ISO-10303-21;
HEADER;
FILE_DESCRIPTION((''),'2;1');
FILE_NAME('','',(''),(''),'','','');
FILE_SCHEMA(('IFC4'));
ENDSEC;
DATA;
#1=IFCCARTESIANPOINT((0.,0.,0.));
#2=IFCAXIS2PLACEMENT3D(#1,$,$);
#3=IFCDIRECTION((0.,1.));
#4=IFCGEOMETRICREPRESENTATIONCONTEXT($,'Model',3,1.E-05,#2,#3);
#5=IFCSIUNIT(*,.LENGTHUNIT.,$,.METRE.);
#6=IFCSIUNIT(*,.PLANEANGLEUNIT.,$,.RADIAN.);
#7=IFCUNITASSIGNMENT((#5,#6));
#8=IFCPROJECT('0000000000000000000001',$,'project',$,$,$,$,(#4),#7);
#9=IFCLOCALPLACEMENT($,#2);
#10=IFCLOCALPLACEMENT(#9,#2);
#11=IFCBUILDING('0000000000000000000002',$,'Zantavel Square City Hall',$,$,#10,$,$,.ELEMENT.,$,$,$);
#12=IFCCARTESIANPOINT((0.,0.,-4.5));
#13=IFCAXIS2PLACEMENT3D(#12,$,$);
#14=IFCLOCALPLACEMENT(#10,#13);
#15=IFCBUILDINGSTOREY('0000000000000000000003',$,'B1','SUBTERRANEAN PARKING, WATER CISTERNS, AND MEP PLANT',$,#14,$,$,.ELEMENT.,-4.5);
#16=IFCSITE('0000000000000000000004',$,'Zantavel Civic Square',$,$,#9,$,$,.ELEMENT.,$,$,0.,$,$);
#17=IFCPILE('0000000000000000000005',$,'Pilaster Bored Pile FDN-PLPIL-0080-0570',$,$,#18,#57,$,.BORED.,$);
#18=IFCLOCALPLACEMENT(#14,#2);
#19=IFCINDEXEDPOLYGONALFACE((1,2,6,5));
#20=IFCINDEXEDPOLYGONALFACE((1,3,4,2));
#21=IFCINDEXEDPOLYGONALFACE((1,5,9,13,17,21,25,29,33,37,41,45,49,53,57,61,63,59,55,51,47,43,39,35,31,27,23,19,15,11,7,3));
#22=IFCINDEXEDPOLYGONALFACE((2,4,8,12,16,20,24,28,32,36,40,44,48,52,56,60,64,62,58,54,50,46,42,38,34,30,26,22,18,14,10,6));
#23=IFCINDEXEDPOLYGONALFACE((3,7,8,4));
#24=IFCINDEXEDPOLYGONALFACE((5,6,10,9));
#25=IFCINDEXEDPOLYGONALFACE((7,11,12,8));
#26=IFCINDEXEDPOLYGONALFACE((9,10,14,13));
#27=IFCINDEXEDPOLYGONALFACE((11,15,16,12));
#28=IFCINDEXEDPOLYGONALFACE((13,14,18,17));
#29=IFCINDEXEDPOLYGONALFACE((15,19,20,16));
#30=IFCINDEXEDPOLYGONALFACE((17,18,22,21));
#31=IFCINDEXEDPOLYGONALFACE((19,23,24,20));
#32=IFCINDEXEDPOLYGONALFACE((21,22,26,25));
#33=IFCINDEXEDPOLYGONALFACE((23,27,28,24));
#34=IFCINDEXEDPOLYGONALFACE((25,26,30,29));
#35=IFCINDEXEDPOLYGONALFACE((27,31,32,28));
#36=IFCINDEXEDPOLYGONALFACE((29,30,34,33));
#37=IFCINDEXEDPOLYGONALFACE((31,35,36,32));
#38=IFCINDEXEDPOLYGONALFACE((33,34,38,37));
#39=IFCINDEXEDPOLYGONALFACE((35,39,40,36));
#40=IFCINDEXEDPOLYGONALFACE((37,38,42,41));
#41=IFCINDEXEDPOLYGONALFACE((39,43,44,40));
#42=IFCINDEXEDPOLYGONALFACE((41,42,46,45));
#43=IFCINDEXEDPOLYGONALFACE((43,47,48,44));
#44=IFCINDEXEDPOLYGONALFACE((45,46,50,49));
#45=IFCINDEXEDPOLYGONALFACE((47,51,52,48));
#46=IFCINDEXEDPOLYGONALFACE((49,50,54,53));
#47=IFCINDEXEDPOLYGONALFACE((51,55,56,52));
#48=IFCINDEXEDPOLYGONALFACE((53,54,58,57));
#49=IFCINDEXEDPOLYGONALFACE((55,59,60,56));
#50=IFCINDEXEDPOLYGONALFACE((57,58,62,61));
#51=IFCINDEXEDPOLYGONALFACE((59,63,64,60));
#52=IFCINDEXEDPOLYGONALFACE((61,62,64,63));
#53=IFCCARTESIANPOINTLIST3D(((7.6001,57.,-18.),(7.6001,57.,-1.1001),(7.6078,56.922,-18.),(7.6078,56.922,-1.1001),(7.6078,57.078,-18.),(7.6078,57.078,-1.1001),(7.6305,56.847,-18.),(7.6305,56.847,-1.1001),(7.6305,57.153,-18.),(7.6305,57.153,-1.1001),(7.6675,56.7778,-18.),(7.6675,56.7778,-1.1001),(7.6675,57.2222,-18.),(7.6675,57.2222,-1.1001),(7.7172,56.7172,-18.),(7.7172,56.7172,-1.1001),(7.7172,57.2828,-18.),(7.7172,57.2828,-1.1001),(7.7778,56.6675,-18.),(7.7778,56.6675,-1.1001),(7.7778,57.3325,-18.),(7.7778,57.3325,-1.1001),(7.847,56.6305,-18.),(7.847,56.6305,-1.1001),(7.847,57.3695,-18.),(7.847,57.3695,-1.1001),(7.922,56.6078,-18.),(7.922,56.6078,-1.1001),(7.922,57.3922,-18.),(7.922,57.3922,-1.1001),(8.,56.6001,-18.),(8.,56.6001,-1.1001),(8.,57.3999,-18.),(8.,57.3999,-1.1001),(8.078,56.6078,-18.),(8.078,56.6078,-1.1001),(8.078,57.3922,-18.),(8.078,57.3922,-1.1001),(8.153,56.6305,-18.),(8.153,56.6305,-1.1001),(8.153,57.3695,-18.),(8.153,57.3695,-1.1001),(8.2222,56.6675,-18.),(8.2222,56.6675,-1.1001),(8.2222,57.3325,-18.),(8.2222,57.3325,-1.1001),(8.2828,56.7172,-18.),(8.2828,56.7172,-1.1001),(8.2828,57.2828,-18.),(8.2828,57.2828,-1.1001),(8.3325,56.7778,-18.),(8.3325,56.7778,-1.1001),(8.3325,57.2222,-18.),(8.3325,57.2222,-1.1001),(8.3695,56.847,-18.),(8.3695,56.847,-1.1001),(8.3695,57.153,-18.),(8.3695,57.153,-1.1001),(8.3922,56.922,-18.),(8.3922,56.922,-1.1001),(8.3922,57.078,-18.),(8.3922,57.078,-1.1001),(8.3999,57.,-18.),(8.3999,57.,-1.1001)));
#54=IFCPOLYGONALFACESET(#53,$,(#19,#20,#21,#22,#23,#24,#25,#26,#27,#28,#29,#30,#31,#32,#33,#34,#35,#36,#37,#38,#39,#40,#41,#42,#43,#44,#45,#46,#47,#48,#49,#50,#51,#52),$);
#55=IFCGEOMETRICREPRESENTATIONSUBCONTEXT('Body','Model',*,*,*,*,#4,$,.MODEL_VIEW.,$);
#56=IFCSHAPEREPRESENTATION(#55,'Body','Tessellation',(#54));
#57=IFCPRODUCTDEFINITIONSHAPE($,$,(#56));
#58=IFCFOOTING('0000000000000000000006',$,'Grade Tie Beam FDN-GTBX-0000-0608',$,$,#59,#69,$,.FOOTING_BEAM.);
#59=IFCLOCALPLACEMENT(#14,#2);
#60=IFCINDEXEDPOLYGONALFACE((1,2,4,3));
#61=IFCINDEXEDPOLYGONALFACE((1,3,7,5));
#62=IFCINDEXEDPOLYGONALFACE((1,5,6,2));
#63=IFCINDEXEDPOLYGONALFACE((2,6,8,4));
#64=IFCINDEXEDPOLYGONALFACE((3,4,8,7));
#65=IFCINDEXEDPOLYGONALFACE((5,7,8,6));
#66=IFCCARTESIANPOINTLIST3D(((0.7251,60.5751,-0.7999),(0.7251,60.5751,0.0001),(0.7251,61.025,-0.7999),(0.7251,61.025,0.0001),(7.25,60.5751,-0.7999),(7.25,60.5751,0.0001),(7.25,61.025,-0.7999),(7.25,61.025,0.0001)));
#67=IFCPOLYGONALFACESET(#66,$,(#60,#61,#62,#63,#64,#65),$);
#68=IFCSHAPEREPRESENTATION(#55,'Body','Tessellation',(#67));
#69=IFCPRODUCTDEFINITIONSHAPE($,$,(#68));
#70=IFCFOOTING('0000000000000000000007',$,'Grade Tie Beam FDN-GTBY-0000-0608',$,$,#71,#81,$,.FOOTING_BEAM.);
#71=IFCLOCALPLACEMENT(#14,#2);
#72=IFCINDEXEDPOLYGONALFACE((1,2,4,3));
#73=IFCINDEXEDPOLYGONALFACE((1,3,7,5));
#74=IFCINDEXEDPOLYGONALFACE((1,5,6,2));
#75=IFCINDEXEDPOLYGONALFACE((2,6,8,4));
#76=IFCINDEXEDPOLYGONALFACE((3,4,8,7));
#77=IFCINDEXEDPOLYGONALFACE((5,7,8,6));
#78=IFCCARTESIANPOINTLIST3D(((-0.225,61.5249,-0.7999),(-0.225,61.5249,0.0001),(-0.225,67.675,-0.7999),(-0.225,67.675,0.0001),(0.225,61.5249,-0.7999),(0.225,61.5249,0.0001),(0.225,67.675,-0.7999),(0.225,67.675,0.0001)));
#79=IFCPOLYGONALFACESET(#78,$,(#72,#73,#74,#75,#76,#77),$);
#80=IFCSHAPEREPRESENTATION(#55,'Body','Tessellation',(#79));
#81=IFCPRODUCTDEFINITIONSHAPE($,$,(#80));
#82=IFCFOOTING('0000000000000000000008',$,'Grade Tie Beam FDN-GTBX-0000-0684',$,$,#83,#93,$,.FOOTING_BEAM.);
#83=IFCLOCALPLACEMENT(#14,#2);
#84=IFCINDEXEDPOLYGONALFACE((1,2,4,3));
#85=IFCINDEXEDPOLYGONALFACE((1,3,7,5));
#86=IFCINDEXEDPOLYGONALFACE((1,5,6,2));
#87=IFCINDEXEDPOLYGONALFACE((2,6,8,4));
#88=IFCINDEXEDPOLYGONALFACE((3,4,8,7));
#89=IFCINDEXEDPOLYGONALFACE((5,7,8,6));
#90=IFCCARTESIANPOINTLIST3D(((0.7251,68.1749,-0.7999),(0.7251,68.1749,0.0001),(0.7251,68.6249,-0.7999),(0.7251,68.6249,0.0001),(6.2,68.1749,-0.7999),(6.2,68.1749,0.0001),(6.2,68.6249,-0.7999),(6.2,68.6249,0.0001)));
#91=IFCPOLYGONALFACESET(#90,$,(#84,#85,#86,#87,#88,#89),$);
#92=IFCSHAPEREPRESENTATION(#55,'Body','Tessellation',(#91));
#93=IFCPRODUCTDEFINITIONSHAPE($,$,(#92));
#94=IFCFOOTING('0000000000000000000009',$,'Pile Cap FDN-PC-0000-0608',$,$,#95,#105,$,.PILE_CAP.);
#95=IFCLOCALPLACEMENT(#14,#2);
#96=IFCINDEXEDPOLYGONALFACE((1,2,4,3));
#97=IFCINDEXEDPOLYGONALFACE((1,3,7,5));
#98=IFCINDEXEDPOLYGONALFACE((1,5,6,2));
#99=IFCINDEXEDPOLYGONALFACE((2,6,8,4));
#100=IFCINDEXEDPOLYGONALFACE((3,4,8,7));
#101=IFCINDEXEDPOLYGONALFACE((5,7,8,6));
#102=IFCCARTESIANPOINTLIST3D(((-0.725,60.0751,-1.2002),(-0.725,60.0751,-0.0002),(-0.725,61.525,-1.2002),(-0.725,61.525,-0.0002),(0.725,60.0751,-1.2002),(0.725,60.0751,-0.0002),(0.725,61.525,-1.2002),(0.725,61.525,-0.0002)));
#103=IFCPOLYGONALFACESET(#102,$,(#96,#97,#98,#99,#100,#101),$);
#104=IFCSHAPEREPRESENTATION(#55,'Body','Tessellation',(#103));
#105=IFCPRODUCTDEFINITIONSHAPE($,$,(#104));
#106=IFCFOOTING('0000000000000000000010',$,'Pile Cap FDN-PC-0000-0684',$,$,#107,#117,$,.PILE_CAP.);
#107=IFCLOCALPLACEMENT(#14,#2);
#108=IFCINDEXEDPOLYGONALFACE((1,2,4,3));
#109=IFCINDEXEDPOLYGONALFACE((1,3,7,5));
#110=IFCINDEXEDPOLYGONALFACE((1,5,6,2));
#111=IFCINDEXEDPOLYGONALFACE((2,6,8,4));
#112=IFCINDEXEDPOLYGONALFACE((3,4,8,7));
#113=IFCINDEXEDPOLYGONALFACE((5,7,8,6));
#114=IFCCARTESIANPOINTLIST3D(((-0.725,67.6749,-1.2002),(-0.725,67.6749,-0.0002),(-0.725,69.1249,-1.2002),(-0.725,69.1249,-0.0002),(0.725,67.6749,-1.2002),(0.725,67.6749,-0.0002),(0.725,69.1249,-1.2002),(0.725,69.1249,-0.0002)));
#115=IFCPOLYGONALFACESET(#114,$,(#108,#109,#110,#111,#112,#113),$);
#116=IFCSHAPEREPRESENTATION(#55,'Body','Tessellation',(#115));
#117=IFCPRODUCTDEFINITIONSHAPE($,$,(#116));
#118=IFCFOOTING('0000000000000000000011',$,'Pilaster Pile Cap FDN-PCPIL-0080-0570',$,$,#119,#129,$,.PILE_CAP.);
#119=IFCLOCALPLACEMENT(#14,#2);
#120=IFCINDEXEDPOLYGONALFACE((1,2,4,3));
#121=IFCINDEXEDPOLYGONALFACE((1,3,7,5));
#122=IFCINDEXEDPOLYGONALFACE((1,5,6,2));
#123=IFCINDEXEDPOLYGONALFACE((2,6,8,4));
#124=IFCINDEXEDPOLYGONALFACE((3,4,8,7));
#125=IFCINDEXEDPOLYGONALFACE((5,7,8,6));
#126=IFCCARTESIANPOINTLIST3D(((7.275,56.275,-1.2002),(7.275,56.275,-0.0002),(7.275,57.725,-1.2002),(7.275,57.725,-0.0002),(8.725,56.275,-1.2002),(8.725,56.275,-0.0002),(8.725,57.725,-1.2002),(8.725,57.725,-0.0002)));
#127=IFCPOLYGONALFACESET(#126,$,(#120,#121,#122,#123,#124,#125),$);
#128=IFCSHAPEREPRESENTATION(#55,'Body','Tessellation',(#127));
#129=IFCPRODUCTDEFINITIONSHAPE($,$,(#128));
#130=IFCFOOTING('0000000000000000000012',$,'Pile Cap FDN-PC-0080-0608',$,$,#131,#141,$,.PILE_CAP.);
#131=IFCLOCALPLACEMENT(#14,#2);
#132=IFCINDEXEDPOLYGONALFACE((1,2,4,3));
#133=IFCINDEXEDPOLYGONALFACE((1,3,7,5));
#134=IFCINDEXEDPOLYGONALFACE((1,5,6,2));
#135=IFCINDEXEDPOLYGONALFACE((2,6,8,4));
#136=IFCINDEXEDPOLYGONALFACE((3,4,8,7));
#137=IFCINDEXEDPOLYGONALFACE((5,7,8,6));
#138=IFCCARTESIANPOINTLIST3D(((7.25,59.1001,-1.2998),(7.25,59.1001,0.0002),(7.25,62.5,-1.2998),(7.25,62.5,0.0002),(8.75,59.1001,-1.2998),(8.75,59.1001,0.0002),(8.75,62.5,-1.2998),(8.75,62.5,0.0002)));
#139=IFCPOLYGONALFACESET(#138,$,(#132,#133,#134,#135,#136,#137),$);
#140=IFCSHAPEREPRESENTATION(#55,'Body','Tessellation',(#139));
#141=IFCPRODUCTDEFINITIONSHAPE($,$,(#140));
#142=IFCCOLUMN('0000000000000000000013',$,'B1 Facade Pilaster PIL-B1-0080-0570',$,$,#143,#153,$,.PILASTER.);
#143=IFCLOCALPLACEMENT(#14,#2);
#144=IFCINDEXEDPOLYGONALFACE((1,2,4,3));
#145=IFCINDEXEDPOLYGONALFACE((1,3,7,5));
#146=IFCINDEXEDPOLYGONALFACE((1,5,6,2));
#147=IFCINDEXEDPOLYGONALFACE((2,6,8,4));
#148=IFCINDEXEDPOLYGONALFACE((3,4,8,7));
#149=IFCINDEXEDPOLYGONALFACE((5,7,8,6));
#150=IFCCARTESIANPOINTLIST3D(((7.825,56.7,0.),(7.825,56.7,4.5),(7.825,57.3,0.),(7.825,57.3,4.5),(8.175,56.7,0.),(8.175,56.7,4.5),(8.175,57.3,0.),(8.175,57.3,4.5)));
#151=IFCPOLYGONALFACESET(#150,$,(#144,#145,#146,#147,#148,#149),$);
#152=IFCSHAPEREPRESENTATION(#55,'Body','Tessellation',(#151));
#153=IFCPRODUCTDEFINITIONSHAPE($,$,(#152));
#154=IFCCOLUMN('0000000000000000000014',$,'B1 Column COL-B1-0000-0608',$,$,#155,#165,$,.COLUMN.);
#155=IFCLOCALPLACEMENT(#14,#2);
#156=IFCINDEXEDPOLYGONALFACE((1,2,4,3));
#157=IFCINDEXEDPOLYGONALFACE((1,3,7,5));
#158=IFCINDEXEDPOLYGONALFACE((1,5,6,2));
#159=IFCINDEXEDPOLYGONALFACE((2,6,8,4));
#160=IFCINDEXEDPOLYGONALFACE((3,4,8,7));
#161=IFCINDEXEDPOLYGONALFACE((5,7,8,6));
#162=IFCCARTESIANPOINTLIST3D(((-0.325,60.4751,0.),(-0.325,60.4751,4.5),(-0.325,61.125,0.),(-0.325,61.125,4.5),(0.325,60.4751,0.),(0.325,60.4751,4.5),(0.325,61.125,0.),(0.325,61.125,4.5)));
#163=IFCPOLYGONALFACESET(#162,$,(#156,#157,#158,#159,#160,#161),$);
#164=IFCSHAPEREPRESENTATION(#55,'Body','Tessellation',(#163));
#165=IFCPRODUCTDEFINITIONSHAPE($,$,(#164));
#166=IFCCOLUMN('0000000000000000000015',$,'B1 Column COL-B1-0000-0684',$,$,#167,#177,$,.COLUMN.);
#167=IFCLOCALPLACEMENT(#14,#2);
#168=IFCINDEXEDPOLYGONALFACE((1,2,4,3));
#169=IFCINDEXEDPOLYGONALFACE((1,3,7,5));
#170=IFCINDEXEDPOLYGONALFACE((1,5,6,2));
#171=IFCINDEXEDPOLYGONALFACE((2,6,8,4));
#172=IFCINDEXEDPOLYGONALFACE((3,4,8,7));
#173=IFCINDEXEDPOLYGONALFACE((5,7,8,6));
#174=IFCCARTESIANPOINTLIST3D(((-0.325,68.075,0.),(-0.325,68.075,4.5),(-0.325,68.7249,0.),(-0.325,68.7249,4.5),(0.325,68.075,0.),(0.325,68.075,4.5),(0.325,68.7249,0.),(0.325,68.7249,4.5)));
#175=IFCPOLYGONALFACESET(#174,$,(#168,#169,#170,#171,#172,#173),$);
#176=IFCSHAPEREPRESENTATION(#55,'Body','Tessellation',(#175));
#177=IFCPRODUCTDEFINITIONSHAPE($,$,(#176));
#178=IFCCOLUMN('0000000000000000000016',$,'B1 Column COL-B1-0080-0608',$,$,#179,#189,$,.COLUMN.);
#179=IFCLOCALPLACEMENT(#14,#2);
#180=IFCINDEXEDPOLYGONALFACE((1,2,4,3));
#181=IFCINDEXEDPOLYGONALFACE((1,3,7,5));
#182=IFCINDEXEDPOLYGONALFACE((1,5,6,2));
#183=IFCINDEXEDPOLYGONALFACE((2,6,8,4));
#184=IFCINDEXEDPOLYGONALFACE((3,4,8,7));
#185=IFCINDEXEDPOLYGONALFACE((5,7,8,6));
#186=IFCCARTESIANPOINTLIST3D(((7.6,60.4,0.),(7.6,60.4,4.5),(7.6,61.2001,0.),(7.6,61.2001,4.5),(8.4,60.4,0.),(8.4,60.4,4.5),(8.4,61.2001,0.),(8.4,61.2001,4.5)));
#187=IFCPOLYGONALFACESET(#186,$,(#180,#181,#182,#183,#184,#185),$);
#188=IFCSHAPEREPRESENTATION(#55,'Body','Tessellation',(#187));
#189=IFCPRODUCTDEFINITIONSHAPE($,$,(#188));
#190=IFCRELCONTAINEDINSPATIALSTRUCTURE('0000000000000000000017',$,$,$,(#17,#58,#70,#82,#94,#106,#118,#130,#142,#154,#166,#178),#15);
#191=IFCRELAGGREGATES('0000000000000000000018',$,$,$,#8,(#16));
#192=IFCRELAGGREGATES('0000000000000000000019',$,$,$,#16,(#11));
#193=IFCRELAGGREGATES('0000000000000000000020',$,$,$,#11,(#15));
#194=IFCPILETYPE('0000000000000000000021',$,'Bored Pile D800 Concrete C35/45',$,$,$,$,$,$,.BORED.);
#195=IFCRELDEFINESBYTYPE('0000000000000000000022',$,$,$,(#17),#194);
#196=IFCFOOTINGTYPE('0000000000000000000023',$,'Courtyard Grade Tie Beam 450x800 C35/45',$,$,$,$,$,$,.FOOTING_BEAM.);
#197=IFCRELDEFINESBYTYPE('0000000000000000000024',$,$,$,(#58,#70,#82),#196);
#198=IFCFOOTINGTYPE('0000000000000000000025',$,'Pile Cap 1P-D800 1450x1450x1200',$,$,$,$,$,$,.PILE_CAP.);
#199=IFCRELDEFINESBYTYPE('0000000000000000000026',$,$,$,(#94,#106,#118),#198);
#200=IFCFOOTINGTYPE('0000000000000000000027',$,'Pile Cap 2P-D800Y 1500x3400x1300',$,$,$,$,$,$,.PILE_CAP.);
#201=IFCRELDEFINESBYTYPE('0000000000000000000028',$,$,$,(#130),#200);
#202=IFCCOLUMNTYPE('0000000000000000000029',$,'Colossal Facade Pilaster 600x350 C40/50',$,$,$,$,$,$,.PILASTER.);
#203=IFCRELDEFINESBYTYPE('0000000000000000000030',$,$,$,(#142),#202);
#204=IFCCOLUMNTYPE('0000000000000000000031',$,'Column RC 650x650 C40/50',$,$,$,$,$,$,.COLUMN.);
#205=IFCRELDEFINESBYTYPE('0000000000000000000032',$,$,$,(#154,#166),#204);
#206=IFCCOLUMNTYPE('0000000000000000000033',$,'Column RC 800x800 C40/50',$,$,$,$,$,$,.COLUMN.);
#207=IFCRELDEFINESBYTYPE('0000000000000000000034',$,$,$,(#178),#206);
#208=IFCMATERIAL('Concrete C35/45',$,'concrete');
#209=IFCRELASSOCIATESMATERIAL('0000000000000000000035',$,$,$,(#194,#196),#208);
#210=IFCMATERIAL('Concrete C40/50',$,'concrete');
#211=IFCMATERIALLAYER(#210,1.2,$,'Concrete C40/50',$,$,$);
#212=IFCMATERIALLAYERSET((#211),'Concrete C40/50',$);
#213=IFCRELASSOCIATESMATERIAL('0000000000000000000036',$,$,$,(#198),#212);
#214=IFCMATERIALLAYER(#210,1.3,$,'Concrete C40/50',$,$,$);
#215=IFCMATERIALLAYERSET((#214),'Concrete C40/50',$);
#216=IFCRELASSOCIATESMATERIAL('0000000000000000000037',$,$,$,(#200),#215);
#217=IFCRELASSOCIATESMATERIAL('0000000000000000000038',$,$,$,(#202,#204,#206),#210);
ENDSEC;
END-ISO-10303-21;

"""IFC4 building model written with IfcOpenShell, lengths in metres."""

from ifc_helpers import new_model, si_unit, direction, frame, origin, origin_2d, place, context, subcontext, project, spatial, rectangle, circle, extrude, material, layer, layer_set, material_profile, profile_set, type_object, element, save


model = new_model("IFC4")

# Units and contexts
model_context = context("Model", 3, precision=1e-05, world=origin(), true_north=direction((0.0, 1.0)))
body_context = subcontext(model_context, "Body", "Model", "MODEL_VIEW")
ifc_project = project(units=[si_unit("LENGTHUNIT", "METRE"), si_unit("PLANEANGLEUNIT", "RADIAN")], contexts=[model_context])

# Site, building, storey
site_placement = place(None, origin())
site = spatial("IfcSite", under=ifc_project, at=site_placement, Name="Zantavel Civic Square", CompositionType="ELEMENT", RefElevation=0.0)
building_placement = place(site_placement, origin())
building = spatial("IfcBuilding", under=site, at=building_placement, Name="Zantavel Square City Hall", CompositionType="ELEMENT")
storey_placement = place(building_placement, frame((0.0, 0.0, -4.5)))
storey = spatial("IfcBuildingStorey", under=building, at=storey_placement, Name="B1", Description="SUBTERRANEAN PARKING, WATER CISTERNS, AND MEP PLANT", CompositionType="ELEMENT", Elevation=-4.5)

# Pile
ifc_material_1 = material(Name="Concrete C35/45", Category="concrete")
ifc_material_profile_1 = material_profile(ifc_material_1, circle(Radius=0.3999, at=origin_2d()), Name="PILE D800")
ifc_profile_set_1 = profile_set([ifc_material_profile_1], Name="Concrete C35/45")
pile_type = type_object("IfcPileType", Name="Bored Pile D800 Concrete C35/45", PredefinedType="BORED", material=ifc_profile_set_1)
pile_1_placement = place(storey_placement, frame((8.0, 57.0, -1.1001), z_axis=(0.0, 0.0, -1.0), x_axis=(1.0, 0.0, 0.0)))
element("IfcPile", 1, at=pile_1_placement, inside=storey, type_object=pile_type, Name="Pilaster Bored Pile FDN-PLPIL-0080-0570", PredefinedType="BORED", context=body_context, shape_type="SweptSolid", body=[
    extrude(circle(Radius=0.3999, at=origin_2d()), origin(), (0.0, 0.0, 1.0), 16.8999),
])

# Footings
ifc_material_profile_2 = material_profile(ifc_material_1, rectangle(XDim=0.45, YDim=0.8, at=origin_2d()), Name="RC 450x800")
ifc_profile_set_2 = profile_set([ifc_material_profile_2], Name="Concrete C35/45")
footing_type_1 = type_object("IfcFootingType", Name="Courtyard Grade Tie Beam 450x800 C35/45", PredefinedType="FOOTING_BEAM", material=ifc_profile_set_2)
footing_1_placement = place(storey_placement, frame((0.7251, 60.8, -0.3999), z_axis=(1.0, 0.0, 0.0), x_axis=(0.0, 1.0, 0.0)))
element("IfcFooting", 2, at=footing_1_placement, inside=storey, type_object=footing_type_1, Name="Grade Tie Beam FDN-GTBX-0000-0608", PredefinedType="FOOTING_BEAM", context=body_context, shape_type="SweptSolid", body=[
    extrude(rectangle(XDim=0.45, YDim=0.8, at=origin_2d()), origin(), (0.0, 0.0, 1.0), 6.5249),
])
footing_2_placement = place(storey_placement, frame((0.0, 61.5249, -0.3999), z_axis=(0.0, 1.0, 0.0), x_axis=(-1.0, 0.0, 0.0)))
element("IfcFooting", 3, at=footing_2_placement, inside=storey, type_object=footing_type_1, Name="Grade Tie Beam FDN-GTBY-0000-0608", PredefinedType="FOOTING_BEAM", context=body_context, shape_type="SweptSolid", body=[
    extrude(rectangle(XDim=0.45, YDim=0.8, at=origin_2d()), origin(), (0.0, 0.0, 1.0), 6.1501),
])
footing_3_placement = place(storey_placement, frame((0.7251, 68.3999, -0.3999), z_axis=(1.0, 0.0, 0.0), x_axis=(0.0, 1.0, 0.0)))
element("IfcFooting", 4, at=footing_3_placement, inside=storey, type_object=footing_type_1, Name="Grade Tie Beam FDN-GTBX-0000-0684", PredefinedType="FOOTING_BEAM", context=body_context, shape_type="SweptSolid", body=[
    extrude(rectangle(XDim=0.45, YDim=0.8, at=origin_2d()), origin(), (0.0, 0.0, 1.0), 5.4749),
])
ifc_material_2 = material(Name="Concrete C40/50", Category="concrete")
ifc_layer_1 = layer(ifc_material_2, 1.2, Name="Concrete C40/50")
ifc_layer_set_1 = layer_set([ifc_layer_1], Name="Concrete C40/50")
footing_type_2 = type_object("IfcFootingType", Name="Pile Cap 1P-D800 1450x1450x1200", PredefinedType="PILE_CAP", material=ifc_layer_set_1)
for number, where, z_axis, x_axis, name in (
    (5, (0.0, 60.8, -1.2002), (0.0, 0.0, 1.0), (1.0, 0.0, 0.0), "Pile Cap FDN-PC-0000-0608"),
    (6, (0.0, 68.3999, -1.2002), (0.0, 0.0, 1.0), (1.0, 0.0, 0.0), "Pile Cap FDN-PC-0000-0684"),
    (7, (8.0, 57.0, -1.2002), (0.0, 0.0, 1.0), (1.0, 0.0, 0.0), "Pilaster Pile Cap FDN-PCPIL-0080-0570"),
):
    element("IfcFooting", number, at=place(storey_placement, frame(where, z_axis=z_axis, x_axis=x_axis)), inside=storey, type_object=footing_type_2, Name=name, PredefinedType="PILE_CAP", context=body_context, shape_type="SweptSolid", body=[
        extrude(rectangle(XDim=1.45, YDim=1.45, at=origin_2d()), origin(), (0.0, 0.0, 1.0), 1.2),
    ])
ifc_layer_2 = layer(ifc_material_2, 1.3, Name="Concrete C40/50")
ifc_layer_set_2 = layer_set([ifc_layer_2], Name="Concrete C40/50")
footing_type_3 = type_object("IfcFootingType", Name="Pile Cap 2P-D800Y 1500x3400x1300", PredefinedType="PILE_CAP", material=ifc_layer_set_2)
footing_4_placement = place(storey_placement, frame((8.0, 60.8, -1.2998), z_axis=(0.0, 0.0, 1.0), x_axis=(1.0, 0.0, 0.0)))
element("IfcFooting", 8, at=footing_4_placement, inside=storey, type_object=footing_type_3, Name="Pile Cap FDN-PC-0080-0608", PredefinedType="PILE_CAP", context=body_context, shape_type="SweptSolid", body=[
    extrude(rectangle(XDim=1.5, YDim=3.3999, at=origin_2d()), origin(), (0.0, 0.0, 1.0), 1.3),
])

# Columns
ifc_material_profile_3 = material_profile(ifc_material_2, rectangle(XDim=0.6001, YDim=0.3501, at=origin_2d()), Name="RC 600x350")
ifc_profile_set_3 = profile_set([ifc_material_profile_3], Name="Concrete C40/50")
column_type_1 = type_object("IfcColumnType", Name="Colossal Facade Pilaster 600x350 C40/50", PredefinedType="PILASTER", material=ifc_profile_set_3)
column_1_placement = place(storey_placement, frame((8.0, 57.0, 0.0), z_axis=(0.0, 0.0, 1.0), x_axis=(0.0, 1.0, 0.0)))
element("IfcColumn", 9, at=column_1_placement, inside=storey, type_object=column_type_1, Name="B1 Facade Pilaster PIL-B1-0080-0570", PredefinedType="PILASTER", context=body_context, shape_type="SweptSolid", body=[
    extrude(rectangle(XDim=0.6001, YDim=0.3501, at=origin_2d()), origin(), (0.0, 0.0, 1.0), 4.5),
])
ifc_material_profile_4 = material_profile(ifc_material_2, rectangle(XDim=0.6499, YDim=0.6499, at=origin_2d()), Name="RC 650x650")
ifc_profile_set_4 = profile_set([ifc_material_profile_4], Name="Concrete C40/50")
column_type_2 = type_object("IfcColumnType", Name="Column RC 650x650 C40/50", PredefinedType="COLUMN", material=ifc_profile_set_4)
for number, where, z_axis, x_axis, name in (
    (10, (0.0, 60.8, 0.0), (0.0, 0.0, 1.0), (1.0, 0.0, 0.0), "B1 Column COL-B1-0000-0608"),
    (11, (0.0, 68.3999, 0.0), (0.0, 0.0, 1.0), (1.0, 0.0, 0.0), "B1 Column COL-B1-0000-0684"),
):
    element("IfcColumn", number, at=place(storey_placement, frame(where, z_axis=z_axis, x_axis=x_axis)), inside=storey, type_object=column_type_2, Name=name, PredefinedType="COLUMN", context=body_context, shape_type="SweptSolid", body=[
        extrude(rectangle(XDim=0.6499, YDim=0.6499, at=origin_2d()), origin(), (0.0, 0.0, 1.0), 4.5),
    ])
ifc_material_profile_5 = material_profile(ifc_material_2, rectangle(XDim=0.8, YDim=0.8, at=origin_2d()), Name="RC 800x800")
ifc_profile_set_5 = profile_set([ifc_material_profile_5], Name="Concrete C40/50")
column_type_3 = type_object("IfcColumnType", Name="Column RC 800x800 C40/50", PredefinedType="COLUMN", material=ifc_profile_set_5)
column_2_placement = place(storey_placement, frame((8.0, 60.8, 0.0), z_axis=(0.0, 0.0, 1.0), x_axis=(1.0, 0.0, 0.0)))
element("IfcColumn", 12, at=column_2_placement, inside=storey, type_object=column_type_3, Name="B1 Column COL-B1-0080-0608", PredefinedType="COLUMN", context=body_context, shape_type="SweptSolid", body=[
    extrude(rectangle(XDim=0.8, YDim=0.8, at=origin_2d()), origin(), (0.0, 0.0, 1.0), 4.5),
])

save(model, "model.ifc")
